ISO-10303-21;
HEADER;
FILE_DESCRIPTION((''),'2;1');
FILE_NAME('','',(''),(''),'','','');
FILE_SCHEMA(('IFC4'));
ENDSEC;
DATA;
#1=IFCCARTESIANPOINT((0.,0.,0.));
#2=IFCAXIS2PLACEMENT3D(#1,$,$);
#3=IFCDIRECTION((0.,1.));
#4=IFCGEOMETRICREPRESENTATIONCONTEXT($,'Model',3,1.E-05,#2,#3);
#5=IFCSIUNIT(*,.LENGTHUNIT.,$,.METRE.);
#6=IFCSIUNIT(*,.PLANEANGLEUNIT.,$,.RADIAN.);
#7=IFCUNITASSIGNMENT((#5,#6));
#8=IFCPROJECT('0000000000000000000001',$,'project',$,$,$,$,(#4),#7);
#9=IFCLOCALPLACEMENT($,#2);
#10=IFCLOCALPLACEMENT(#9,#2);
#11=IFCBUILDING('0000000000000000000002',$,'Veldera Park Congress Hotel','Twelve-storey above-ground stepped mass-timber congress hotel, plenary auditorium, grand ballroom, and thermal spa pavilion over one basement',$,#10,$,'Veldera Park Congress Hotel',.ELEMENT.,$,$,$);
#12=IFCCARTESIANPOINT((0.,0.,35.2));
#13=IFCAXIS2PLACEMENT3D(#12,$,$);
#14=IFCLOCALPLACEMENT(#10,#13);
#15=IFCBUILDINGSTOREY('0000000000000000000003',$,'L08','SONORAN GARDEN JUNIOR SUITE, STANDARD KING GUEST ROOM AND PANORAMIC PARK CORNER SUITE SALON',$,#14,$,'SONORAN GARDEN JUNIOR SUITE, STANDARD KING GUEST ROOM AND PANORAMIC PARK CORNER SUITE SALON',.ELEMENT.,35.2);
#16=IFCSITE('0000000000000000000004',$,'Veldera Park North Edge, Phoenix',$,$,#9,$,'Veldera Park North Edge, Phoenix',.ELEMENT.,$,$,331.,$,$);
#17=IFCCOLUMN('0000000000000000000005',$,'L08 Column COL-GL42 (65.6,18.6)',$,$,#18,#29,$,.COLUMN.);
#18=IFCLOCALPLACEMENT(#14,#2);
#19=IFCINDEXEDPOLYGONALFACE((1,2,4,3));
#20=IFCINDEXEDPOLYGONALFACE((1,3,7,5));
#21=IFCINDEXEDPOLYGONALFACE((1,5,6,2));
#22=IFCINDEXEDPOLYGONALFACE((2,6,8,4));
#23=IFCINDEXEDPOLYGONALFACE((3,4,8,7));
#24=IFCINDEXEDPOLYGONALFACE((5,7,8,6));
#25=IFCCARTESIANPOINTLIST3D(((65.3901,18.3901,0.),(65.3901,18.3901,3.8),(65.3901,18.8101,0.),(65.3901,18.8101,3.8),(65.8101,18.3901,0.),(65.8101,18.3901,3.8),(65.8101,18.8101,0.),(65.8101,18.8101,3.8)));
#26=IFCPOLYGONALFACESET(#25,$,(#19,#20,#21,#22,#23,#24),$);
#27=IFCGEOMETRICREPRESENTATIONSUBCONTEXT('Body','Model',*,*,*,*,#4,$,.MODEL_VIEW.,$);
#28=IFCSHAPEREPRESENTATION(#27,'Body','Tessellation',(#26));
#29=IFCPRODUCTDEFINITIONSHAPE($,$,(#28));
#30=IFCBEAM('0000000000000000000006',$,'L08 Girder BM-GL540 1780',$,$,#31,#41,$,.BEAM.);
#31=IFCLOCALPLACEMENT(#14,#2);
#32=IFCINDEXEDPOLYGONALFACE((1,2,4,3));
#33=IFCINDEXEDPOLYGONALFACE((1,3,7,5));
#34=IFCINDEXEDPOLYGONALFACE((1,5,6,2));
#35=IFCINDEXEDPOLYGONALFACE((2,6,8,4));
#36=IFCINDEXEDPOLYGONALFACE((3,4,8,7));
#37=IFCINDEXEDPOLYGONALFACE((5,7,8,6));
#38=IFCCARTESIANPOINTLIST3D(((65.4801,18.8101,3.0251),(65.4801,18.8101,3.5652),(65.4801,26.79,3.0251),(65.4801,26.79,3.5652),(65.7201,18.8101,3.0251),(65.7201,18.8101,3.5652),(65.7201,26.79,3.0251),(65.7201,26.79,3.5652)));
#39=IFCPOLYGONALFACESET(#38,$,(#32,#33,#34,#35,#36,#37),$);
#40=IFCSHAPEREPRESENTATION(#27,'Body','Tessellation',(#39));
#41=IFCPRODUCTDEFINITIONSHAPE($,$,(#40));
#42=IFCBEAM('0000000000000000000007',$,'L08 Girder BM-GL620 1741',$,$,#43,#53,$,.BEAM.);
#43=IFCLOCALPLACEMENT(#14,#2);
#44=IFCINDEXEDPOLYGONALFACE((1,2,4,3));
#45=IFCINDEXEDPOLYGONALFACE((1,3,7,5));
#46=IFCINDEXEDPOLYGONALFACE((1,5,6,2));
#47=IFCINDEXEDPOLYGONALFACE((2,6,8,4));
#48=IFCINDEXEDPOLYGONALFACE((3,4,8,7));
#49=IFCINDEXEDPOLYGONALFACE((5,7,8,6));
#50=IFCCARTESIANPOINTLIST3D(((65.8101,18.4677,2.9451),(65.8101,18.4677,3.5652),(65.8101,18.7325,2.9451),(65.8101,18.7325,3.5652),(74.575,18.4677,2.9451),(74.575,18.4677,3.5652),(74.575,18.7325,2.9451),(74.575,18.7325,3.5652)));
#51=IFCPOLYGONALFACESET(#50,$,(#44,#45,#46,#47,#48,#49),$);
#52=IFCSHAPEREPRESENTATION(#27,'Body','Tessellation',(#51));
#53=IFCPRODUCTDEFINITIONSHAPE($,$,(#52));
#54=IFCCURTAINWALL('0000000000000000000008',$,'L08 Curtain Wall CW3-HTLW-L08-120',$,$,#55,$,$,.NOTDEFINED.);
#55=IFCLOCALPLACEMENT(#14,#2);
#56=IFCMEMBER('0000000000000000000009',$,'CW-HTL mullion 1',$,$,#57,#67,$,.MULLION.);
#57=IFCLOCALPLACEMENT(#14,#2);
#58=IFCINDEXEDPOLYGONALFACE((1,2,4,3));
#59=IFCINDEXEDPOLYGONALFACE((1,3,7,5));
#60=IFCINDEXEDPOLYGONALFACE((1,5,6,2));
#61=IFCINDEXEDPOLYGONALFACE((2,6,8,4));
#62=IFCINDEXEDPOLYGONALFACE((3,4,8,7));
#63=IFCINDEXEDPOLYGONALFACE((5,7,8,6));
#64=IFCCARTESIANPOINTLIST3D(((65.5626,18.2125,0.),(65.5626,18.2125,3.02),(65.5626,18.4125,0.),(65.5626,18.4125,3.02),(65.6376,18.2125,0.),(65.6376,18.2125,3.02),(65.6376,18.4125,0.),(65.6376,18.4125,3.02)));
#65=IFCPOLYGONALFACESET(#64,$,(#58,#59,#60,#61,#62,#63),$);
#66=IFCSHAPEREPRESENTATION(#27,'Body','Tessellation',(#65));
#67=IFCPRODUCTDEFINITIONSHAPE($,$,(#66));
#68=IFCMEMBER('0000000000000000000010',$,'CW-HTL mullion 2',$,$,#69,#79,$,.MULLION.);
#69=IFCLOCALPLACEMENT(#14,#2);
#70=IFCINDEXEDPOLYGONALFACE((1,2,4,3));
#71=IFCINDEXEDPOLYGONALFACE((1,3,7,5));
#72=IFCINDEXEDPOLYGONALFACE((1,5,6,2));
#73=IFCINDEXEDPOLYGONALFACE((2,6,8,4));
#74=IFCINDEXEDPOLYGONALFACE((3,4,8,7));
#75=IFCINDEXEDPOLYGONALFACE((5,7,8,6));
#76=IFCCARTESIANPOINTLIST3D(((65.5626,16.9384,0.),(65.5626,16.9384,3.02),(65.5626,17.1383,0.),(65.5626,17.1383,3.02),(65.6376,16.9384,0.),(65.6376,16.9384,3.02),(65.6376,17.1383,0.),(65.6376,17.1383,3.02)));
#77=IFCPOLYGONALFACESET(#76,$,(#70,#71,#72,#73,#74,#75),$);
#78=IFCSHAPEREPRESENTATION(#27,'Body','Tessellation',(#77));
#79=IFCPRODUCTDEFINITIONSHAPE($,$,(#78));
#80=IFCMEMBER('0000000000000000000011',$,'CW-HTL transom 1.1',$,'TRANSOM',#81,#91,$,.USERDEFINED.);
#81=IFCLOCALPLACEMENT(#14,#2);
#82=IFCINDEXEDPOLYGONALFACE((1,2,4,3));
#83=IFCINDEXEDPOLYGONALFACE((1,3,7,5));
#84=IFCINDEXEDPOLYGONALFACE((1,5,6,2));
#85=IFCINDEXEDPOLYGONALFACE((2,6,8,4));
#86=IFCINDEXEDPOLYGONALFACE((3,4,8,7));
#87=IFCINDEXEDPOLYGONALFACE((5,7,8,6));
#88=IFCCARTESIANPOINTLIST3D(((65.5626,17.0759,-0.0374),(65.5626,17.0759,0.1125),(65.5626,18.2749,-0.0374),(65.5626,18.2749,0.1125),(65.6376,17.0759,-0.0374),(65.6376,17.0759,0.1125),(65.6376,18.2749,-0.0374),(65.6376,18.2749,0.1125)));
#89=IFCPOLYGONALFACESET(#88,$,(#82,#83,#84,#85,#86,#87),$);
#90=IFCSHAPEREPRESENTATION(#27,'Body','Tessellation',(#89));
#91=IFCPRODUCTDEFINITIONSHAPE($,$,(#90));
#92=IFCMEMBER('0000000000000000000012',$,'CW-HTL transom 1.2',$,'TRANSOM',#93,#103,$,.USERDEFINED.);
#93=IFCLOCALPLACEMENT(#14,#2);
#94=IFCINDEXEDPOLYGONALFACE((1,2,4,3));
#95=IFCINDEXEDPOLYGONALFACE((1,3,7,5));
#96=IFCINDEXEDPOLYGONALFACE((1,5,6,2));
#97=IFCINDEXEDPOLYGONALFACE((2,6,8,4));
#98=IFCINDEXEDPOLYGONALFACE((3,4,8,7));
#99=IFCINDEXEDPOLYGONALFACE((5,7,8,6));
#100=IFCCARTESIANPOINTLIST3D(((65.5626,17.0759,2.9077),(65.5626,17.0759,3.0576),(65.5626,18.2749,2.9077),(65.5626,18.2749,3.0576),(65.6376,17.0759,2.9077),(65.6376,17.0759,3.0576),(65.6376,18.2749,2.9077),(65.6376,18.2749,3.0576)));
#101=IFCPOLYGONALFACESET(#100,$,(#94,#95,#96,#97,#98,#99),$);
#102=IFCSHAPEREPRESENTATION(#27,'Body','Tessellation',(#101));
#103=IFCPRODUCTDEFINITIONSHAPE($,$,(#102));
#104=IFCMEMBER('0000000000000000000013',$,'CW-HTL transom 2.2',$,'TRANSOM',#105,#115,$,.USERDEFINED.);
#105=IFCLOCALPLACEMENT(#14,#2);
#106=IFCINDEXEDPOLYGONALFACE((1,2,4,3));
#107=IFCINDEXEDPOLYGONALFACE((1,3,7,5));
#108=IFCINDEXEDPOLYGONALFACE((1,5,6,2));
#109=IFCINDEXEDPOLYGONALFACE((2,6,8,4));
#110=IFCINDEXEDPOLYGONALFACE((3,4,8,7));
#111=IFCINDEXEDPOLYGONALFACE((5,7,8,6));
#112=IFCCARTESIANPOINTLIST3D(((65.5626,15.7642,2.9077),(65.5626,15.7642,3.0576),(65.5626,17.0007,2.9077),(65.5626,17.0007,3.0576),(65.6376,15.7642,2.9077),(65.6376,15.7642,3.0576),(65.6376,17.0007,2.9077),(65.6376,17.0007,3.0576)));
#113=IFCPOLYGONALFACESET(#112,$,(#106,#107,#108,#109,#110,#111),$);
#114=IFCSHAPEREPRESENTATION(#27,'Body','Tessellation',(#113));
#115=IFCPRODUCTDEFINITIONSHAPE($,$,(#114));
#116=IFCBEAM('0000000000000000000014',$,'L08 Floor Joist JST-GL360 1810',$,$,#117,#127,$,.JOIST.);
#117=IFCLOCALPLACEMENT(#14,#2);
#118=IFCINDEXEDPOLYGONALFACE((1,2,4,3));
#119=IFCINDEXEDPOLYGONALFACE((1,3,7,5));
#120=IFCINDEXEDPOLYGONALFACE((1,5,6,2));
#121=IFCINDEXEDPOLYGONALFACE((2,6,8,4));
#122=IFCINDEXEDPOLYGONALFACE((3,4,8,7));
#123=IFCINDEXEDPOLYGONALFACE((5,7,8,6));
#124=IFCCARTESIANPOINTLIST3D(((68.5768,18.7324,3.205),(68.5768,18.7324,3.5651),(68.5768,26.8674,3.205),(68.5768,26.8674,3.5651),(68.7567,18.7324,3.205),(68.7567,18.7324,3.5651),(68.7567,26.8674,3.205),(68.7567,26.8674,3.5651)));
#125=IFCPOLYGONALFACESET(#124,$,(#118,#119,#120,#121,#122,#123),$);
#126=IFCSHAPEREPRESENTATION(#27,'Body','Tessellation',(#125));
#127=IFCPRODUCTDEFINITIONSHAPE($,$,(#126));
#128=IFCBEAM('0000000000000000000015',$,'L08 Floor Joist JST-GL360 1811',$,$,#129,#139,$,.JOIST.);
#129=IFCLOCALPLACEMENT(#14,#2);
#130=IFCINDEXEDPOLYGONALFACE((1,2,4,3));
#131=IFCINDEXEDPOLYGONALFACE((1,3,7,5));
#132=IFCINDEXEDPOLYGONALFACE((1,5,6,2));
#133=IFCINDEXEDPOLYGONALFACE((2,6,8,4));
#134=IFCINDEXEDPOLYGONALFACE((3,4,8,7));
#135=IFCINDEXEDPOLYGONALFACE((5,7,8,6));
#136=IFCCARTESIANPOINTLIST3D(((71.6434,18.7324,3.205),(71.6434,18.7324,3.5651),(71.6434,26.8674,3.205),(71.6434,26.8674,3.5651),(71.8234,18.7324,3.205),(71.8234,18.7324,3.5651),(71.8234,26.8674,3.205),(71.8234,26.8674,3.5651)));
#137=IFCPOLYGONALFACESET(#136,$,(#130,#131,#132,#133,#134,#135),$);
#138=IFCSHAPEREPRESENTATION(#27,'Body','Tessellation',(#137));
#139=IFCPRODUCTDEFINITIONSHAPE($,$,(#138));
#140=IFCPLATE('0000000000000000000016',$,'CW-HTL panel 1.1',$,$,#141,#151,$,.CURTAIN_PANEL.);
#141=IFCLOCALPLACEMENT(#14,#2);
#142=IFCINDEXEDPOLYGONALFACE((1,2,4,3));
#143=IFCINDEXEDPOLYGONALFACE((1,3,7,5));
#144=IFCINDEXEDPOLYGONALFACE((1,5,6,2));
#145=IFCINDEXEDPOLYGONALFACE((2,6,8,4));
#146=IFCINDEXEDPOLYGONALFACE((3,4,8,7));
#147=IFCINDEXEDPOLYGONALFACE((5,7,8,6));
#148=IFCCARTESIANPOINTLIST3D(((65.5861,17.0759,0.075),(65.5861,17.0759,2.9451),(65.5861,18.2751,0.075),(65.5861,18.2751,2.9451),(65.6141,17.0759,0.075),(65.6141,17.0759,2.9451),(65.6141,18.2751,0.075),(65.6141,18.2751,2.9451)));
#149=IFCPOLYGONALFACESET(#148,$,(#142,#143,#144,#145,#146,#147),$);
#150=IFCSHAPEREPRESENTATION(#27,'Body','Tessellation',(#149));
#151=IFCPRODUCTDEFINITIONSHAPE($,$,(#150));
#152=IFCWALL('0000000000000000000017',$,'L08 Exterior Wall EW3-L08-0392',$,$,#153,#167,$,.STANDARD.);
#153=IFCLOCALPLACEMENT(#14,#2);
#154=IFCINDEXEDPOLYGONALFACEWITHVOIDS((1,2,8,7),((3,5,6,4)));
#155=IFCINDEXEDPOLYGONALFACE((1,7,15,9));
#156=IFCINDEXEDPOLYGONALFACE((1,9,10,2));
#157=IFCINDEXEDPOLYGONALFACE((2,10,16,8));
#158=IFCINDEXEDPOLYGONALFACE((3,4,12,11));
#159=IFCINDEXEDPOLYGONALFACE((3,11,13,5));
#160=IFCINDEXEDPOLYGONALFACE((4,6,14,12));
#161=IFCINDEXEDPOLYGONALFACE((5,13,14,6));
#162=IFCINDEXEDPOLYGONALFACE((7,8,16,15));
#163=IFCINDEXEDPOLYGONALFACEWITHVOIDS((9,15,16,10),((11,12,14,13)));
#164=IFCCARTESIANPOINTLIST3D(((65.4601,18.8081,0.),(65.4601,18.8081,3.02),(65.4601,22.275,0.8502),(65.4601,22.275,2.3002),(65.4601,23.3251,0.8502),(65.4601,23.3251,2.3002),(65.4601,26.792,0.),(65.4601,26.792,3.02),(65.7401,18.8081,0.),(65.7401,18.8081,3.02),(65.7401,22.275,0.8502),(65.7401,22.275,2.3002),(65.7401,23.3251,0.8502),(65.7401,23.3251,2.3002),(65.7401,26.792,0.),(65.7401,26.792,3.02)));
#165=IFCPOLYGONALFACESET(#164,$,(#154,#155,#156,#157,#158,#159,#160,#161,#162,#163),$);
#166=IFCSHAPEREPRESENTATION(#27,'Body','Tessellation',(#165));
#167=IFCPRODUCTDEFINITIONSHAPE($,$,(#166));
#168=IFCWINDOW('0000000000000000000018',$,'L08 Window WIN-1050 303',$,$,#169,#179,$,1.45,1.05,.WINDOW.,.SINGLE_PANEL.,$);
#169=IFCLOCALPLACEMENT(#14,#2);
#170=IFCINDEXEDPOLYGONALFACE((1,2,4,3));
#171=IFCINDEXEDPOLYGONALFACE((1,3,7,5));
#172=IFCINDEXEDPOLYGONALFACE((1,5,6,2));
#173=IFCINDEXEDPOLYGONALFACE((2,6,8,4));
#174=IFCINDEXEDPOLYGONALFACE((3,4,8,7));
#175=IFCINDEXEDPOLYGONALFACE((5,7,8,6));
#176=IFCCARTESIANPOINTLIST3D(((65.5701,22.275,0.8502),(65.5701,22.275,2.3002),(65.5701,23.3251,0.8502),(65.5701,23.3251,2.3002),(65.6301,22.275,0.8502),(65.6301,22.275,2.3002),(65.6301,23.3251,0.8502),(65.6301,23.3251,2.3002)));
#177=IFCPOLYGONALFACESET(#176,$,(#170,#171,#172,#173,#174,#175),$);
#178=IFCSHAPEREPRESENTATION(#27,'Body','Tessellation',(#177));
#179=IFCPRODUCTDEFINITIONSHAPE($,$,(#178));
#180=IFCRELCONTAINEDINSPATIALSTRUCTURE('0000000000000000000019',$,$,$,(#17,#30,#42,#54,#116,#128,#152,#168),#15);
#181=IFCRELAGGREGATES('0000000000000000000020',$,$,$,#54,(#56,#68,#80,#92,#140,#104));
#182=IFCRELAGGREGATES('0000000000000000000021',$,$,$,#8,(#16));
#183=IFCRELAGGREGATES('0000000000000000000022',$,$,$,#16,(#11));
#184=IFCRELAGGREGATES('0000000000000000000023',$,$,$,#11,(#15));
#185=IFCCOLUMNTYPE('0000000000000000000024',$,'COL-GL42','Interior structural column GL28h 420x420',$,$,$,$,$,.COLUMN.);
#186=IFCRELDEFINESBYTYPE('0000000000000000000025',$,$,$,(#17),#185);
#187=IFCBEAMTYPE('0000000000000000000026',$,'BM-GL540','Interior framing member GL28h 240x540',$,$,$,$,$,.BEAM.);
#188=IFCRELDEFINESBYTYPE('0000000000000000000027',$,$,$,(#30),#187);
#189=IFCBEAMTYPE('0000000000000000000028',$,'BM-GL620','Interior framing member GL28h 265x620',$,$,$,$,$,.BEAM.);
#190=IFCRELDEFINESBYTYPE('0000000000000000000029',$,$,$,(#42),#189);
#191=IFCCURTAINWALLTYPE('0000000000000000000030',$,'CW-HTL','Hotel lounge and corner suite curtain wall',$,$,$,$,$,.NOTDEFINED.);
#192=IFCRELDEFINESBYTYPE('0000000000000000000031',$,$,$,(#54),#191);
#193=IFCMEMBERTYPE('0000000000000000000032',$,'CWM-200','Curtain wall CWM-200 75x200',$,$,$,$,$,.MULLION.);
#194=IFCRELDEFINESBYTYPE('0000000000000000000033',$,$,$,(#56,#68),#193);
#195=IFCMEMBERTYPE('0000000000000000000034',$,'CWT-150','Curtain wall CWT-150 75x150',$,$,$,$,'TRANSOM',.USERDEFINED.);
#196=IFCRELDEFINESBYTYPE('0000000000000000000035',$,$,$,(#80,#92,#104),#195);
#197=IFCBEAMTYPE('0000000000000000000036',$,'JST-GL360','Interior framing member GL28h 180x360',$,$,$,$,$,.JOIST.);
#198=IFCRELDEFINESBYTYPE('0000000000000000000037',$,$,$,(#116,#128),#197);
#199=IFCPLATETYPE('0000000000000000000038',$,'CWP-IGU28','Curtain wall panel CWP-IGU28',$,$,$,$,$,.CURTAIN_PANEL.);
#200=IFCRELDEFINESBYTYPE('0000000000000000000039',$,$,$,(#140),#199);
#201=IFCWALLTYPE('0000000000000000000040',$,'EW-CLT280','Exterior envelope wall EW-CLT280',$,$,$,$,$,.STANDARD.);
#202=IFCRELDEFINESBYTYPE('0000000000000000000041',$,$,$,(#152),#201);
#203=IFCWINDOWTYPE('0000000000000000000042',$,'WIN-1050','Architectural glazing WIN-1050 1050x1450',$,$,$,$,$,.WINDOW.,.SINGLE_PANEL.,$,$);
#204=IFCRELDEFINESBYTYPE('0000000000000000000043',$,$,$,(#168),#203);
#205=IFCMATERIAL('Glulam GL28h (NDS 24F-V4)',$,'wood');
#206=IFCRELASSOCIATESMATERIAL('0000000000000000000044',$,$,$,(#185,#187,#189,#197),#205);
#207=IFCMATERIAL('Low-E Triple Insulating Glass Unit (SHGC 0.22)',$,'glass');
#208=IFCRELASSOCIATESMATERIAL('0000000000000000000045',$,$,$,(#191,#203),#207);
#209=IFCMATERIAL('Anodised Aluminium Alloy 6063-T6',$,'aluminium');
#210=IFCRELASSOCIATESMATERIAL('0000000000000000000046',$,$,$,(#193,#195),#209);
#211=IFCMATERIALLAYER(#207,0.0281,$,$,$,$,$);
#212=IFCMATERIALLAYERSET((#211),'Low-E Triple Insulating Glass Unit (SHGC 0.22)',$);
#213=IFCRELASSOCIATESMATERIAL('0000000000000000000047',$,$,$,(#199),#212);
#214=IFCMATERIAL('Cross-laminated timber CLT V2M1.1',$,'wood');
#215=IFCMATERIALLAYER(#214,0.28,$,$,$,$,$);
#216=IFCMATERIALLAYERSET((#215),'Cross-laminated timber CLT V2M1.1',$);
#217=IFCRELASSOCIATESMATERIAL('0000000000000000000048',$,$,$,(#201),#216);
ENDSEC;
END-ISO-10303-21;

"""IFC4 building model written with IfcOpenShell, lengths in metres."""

from ifc_helpers import new_model, si_unit, direction, frame, frame_2d, origin, origin_2d, place, context, subcontext, project, spatial, rectangle, extrude, material, layer, layer_set, material_profile, profile_set, type_object, element, fill, aggregate, save


model = new_model("IFC4")

# Units and contexts
model_context = context("Model", 3, precision=1e-05, world=origin(), true_north=direction((0.0, 1.0)))
body_context = subcontext(model_context, "Body", "Model", "MODEL_VIEW")
ifc_project = project(units=[si_unit("LENGTHUNIT", "METRE"), si_unit("PLANEANGLEUNIT", "RADIAN")], contexts=[model_context])

# Site, building, storey
site_placement = place(None, origin())
site = spatial("IfcSite", under=ifc_project, at=site_placement, Name="Veldera Park North Edge, Phoenix", LongName="Veldera Park North Edge, Phoenix", CompositionType="ELEMENT", RefElevation=331.0)
building_placement = place(site_placement, origin())
building = spatial("IfcBuilding", under=site, at=building_placement, Name="Veldera Park Congress Hotel", Description="Twelve-storey above-ground stepped mass-timber congress hotel, plenary auditorium, grand ballroom, and thermal spa pavilion over one basement", LongName="Veldera Park Congress Hotel", CompositionType="ELEMENT")
storey_placement = place(building_placement, frame((0.0, 0.0, 35.2)))
storey = spatial("IfcBuildingStorey", under=building, at=storey_placement, Name="L08", Description="SONORAN GARDEN JUNIOR SUITE, STANDARD KING GUEST ROOM AND PANORAMIC PARK CORNER SUITE SALON", LongName="SONORAN GARDEN JUNIOR SUITE, STANDARD KING GUEST ROOM AND PANORAMIC PARK CORNER SUITE SALON", CompositionType="ELEMENT", Elevation=35.2)

# Column
ifc_material_1 = material(Name="Glulam GL28h (NDS 24F-V4)", Category="wood")
ifc_material_profile_1 = material_profile(ifc_material_1, rectangle(XDim=0.4199, YDim=0.4199, at=origin_2d()), Name="GL28h 420x420")
ifc_profile_set_1 = profile_set([ifc_material_profile_1], Name="Glulam GL28h (NDS 24F-V4)")
column_type = type_object("IfcColumnType", Name="COL-GL42", Description="Interior structural column GL28h 420x420", PredefinedType="COLUMN", material=ifc_profile_set_1)
column_placement = place(storey_placement, frame((65.6001, 18.6001, 0.0), z_axis=(0.0, 0.0, 1.0), x_axis=(1.0, 0.0, 0.0)))
element("IfcColumn", 1, at=column_placement, inside=storey, type_object=column_type, Name="L08 Column COL-GL42 (65.6,18.6)", PredefinedType="COLUMN", context=body_context, shape_type="SweptSolid", body=[
    extrude(rectangle(XDim=0.4199, YDim=0.4199, at=origin_2d()), origin(), (0.0, 0.0, 1.0), 3.8),
])

# Beams
ifc_material_profile_2 = material_profile(ifc_material_1, rectangle(XDim=0.24, YDim=0.54, at=origin_2d()), Name="GL28h 240x540")
ifc_profile_set_2 = profile_set([ifc_material_profile_2], Name="Glulam GL28h (NDS 24F-V4)")
beam_type_1 = type_object("IfcBeamType", Name="BM-GL540", Description="Interior framing member GL28h 240x540", PredefinedType="BEAM", material=ifc_profile_set_2)
beam_1_placement = place(storey_placement, frame((65.6001, 18.8101, 3.2952), z_axis=(0.0, 1.0, 0.0), x_axis=(-1.0, 0.0, 0.0)))
element("IfcBeam", 2, at=beam_1_placement, inside=storey, type_object=beam_type_1, Name="L08 Girder BM-GL540 1780", PredefinedType="BEAM", context=body_context, shape_type="SweptSolid", body=[
    extrude(rectangle(XDim=0.24, YDim=0.54, at=origin_2d()), origin(), (0.0, 0.0, 1.0), 7.98),
])
ifc_material_profile_3 = material_profile(ifc_material_1, rectangle(XDim=0.2649, YDim=0.6201, at=origin_2d()), Name="GL28h 265x620")
ifc_profile_set_3 = profile_set([ifc_material_profile_3], Name="Glulam GL28h (NDS 24F-V4)")
beam_type_2 = type_object("IfcBeamType", Name="BM-GL620", Description="Interior framing member GL28h 265x620", PredefinedType="BEAM", material=ifc_profile_set_3)
beam_2_placement = place(storey_placement, frame((65.8101, 18.6001, 3.2551), z_axis=(1.0, 0.0, 0.0), x_axis=(0.0, 1.0, 0.0)))
element("IfcBeam", 3, at=beam_2_placement, inside=storey, type_object=beam_type_2, Name="L08 Girder BM-GL620 1741", PredefinedType="BEAM", context=body_context, shape_type="SweptSolid", body=[
    extrude(rectangle(XDim=0.2649, YDim=0.6201, at=origin_2d()), origin(), (0.0, 0.0, 1.0), 8.7649),
])

# Curtain wall, members
ifc_material_2 = material(Name="Low-E Triple Insulating Glass Unit (SHGC 0.22)", Category="glass")
curtain_wall_type = type_object("IfcCurtainWallType", Name="CW-HTL", Description="Hotel lounge and corner suite curtain wall", PredefinedType="NOTDEFINED", material=ifc_material_2)
curtain_wall_placement = place(storey_placement, origin())
curtain_wall = element("IfcCurtainWall", 4, at=curtain_wall_placement, inside=storey, type_object=curtain_wall_type, Name="L08 Curtain Wall CW3-HTLW-L08-120", PredefinedType="NOTDEFINED")
ifc_material_3 = material(Name="Anodised Aluminium Alloy 6063-T6", Category="aluminium")
ifc_material_profile_4 = material_profile(ifc_material_3, rectangle(XDim=0.075, YDim=0.2, at=origin_2d()), Name="ALU 75x200")
ifc_profile_set_4 = profile_set([ifc_material_profile_4], Name="Anodised Aluminium Alloy 6063-T6")
member_type_1 = type_object("IfcMemberType", Name="CWM-200", Description="Curtain wall CWM-200 75x200", PredefinedType="MULLION", material=ifc_profile_set_4)
member_1_placement = place(storey_placement, frame((65.6001, 18.3125, 0.0), z_axis=(0.0, 0.0, 1.0), x_axis=(1.0, 0.0, 0.0)))
member_1 = element("IfcMember", 5, at=member_1_placement, type_object=member_type_1, Name="CW-HTL mullion 1", PredefinedType="MULLION", context=body_context, shape_type="SweptSolid", body=[
    extrude(rectangle(XDim=0.075, YDim=0.2, at=origin_2d()), origin(), (0.0, 0.0, 1.0), 3.02),
])
member_2_placement = place(storey_placement, frame((65.6001, 17.0383, 0.0), z_axis=(0.0, 0.0, 1.0), x_axis=(1.0, 0.0, 0.0)))
member_2 = element("IfcMember", 6, at=member_2_placement, type_object=member_type_1, Name="CW-HTL mullion 2", PredefinedType="MULLION", context=body_context, shape_type="SweptSolid", body=[
    extrude(rectangle(XDim=0.075, YDim=0.2, at=origin_2d()), origin(), (0.0, 0.0, 1.0), 3.02),
])
ifc_material_profile_5 = material_profile(ifc_material_3, rectangle(XDim=0.075, YDim=0.1499, at=origin_2d()), Name="ALU 75x150")
ifc_profile_set_5 = profile_set([ifc_material_profile_5], Name="Anodised Aluminium Alloy 6063-T6")
member_type_2 = type_object("IfcMemberType", Name="CWT-150", Description="Curtain wall CWT-150 75x150", ElementType="TRANSOM", PredefinedType="USERDEFINED", material=ifc_profile_set_5)
member_3_placement = place(storey_placement, frame((65.6001, 18.2749, 0.0376), z_axis=(0.0, -1.0, 0.0), x_axis=(1.0, 0.0, 0.0)))
member_3 = element("IfcMember", 7, at=member_3_placement, type_object=member_type_2, Name="CW-HTL transom 1.1", ObjectType="TRANSOM", PredefinedType="USERDEFINED", context=body_context, shape_type="SweptSolid", body=[
    extrude(rectangle(XDim=0.075, YDim=0.1499, at=origin_2d()), origin(), (0.0, 0.0, 1.0), 1.199),
])
member_4_placement = place(storey_placement, frame((65.6001, 18.2749, 2.9827), z_axis=(0.0, -1.0, 0.0), x_axis=(1.0, 0.0, 0.0)))
member_4 = element("IfcMember", 8, at=member_4_placement, type_object=member_type_2, Name="CW-HTL transom 1.2", ObjectType="TRANSOM", PredefinedType="USERDEFINED", context=body_context, shape_type="SweptSolid", body=[
    extrude(rectangle(XDim=0.075, YDim=0.1499, at=origin_2d()), origin(), (0.0, 0.0, 1.0), 1.199),
])
member_5_placement = place(storey_placement, frame((65.6001, 17.0007, 2.9827), z_axis=(0.0, -1.0, 0.0), x_axis=(1.0, 0.0, 0.0)))
member_5 = element("IfcMember", 9, at=member_5_placement, type_object=member_type_2, Name="CW-HTL transom 2.2", ObjectType="TRANSOM", PredefinedType="USERDEFINED", context=body_context, shape_type="SweptSolid", body=[
    extrude(rectangle(XDim=0.075, YDim=0.1499, at=origin_2d()), origin(), (0.0, 0.0, 1.0), 1.2366),
])

# Beams
ifc_material_profile_6 = material_profile(ifc_material_1, rectangle(XDim=0.1799, YDim=0.3601, at=origin_2d()), Name="GL28h 180x360")
ifc_profile_set_6 = profile_set([ifc_material_profile_6], Name="Glulam GL28h (NDS 24F-V4)")
beam_type_3 = type_object("IfcBeamType", Name="JST-GL360", Description="Interior framing member GL28h 180x360", PredefinedType="JOIST", material=ifc_profile_set_6)
for number, where, z_axis, x_axis, name in (
    (10, (68.6667, 18.7324, 3.385), (0.0, 1.0, 0.0), (-1.0, 0.0, 0.0), "L08 Floor Joist JST-GL360 1810"),
    (11, (71.7334, 18.7324, 3.385), (0.0, 1.0, 0.0), (-1.0, 0.0, 0.0), "L08 Floor Joist JST-GL360 1811"),
):
    element("IfcBeam", number, at=place(storey_placement, frame(where, z_axis=z_axis, x_axis=x_axis)), inside=storey, type_object=beam_type_3, Name=name, PredefinedType="JOIST", context=body_context, shape_type="SweptSolid", body=[
        extrude(rectangle(XDim=0.1799, YDim=0.3601, at=origin_2d()), origin(), (0.0, 0.0, 1.0), 8.135),
    ])

# Plate
ifc_layer_1 = layer(ifc_material_2, 0.0281)
ifc_layer_set_1 = layer_set([ifc_layer_1], Name="Low-E Triple Insulating Glass Unit (SHGC 0.22)")
plate_type = type_object("IfcPlateType", Name="CWP-IGU28", Description="Curtain wall panel CWP-IGU28", PredefinedType="CURTAIN_PANEL", material=ifc_layer_set_1)
plate_placement = place(storey_placement, frame((65.6001, 17.6755, 0.075), z_axis=(0.0, 0.0, 1.0), x_axis=(0.0, -1.0, 0.0)))
plate = element("IfcPlate", 12, at=plate_placement, type_object=plate_type, Name="CW-HTL panel 1.1", PredefinedType="CURTAIN_PANEL", context=body_context, shape_type="SweptSolid", body=[
    extrude(rectangle(XDim=1.1992, YDim=0.0281, at=origin_2d()), origin(), (0.0, 0.0, 1.0), 2.8701),
])
aggregate(curtain_wall, [member_1, member_2, member_3, member_4, plate, member_5])

# Wall, opening, window
ifc_material_4 = material(Name="Cross-laminated timber CLT V2M1.1", Category="wood")
ifc_layer_2 = layer(ifc_material_4, 0.28)
ifc_layer_set_2 = layer_set([ifc_layer_2], Name="Cross-laminated timber CLT V2M1.1")
wall_type_1 = type_object("IfcWallType", Name="EW-CLT280", Description="Exterior envelope wall EW-CLT280", PredefinedType="STANDARD", material=ifc_layer_set_2)
wall_1_placement = place(storey_placement, frame((65.6001, 26.792, 0.0), z_axis=(0.0, 0.0, 1.0), x_axis=(0.0, -1.0, 0.0)))
wall_1 = element("IfcWall", 13, at=wall_1_placement, inside=storey, type_object=wall_type_1, Name="L08 Exterior Wall EW3-L08-0392", PredefinedType="STANDARD", context=body_context, shape_type="SweptSolid", body=[
    extrude(rectangle(XDim=7.9839, YDim=0.28, at=frame_2d((3.9919, 0.0))), origin(), (0.0, 0.0, 1.0), 3.02),
])
opening_1_placement = place(wall_1_placement, frame((3.467, 0.0, 0.8501)))
opening_1 = element("IfcOpeningElement", 14, at=opening_1_placement, cuts=wall_1, PredefinedType="OPENING", context=body_context, shape_type="SweptSolid", body=[
    extrude(rectangle(XDim=1.05, YDim=1.45, at=frame_2d((0.5249, 0.7251))), frame((0.0, 0.1521, 0.0), z_axis=(0.0, -1.0, 0.0), x_axis=(1.0, 0.0, 0.0)), (0.0, 0.0, 1.0), 0.304),
])
window_type = type_object("IfcWindowType", Name="WIN-1050", Description="Architectural glazing WIN-1050 1050x1450", PartitioningType="SINGLE_PANEL", PredefinedType="WINDOW", material=ifc_material_2)
window_placement = place(opening_1_placement, origin())
window = element("IfcWindow", 15, at=window_placement, inside=storey, type_object=window_type, Name="L08 Window WIN-1050 303", OverallHeight=1.45, OverallWidth=1.05, PartitioningType="SINGLE_PANEL", PredefinedType="WINDOW", context=body_context, shape_type="SweptSolid", body=[
    extrude(rectangle(XDim=1.05, YDim=1.45, at=frame_2d((0.5249, 0.7251))), frame((0.0, 0.03, 0.0), z_axis=(0.0, -1.0, 0.0), x_axis=(1.0, 0.0, 0.0)), (0.0, 0.0, 1.0), 0.0601),
])
fill(opening_1, window)

save(model, "model.ifc")
